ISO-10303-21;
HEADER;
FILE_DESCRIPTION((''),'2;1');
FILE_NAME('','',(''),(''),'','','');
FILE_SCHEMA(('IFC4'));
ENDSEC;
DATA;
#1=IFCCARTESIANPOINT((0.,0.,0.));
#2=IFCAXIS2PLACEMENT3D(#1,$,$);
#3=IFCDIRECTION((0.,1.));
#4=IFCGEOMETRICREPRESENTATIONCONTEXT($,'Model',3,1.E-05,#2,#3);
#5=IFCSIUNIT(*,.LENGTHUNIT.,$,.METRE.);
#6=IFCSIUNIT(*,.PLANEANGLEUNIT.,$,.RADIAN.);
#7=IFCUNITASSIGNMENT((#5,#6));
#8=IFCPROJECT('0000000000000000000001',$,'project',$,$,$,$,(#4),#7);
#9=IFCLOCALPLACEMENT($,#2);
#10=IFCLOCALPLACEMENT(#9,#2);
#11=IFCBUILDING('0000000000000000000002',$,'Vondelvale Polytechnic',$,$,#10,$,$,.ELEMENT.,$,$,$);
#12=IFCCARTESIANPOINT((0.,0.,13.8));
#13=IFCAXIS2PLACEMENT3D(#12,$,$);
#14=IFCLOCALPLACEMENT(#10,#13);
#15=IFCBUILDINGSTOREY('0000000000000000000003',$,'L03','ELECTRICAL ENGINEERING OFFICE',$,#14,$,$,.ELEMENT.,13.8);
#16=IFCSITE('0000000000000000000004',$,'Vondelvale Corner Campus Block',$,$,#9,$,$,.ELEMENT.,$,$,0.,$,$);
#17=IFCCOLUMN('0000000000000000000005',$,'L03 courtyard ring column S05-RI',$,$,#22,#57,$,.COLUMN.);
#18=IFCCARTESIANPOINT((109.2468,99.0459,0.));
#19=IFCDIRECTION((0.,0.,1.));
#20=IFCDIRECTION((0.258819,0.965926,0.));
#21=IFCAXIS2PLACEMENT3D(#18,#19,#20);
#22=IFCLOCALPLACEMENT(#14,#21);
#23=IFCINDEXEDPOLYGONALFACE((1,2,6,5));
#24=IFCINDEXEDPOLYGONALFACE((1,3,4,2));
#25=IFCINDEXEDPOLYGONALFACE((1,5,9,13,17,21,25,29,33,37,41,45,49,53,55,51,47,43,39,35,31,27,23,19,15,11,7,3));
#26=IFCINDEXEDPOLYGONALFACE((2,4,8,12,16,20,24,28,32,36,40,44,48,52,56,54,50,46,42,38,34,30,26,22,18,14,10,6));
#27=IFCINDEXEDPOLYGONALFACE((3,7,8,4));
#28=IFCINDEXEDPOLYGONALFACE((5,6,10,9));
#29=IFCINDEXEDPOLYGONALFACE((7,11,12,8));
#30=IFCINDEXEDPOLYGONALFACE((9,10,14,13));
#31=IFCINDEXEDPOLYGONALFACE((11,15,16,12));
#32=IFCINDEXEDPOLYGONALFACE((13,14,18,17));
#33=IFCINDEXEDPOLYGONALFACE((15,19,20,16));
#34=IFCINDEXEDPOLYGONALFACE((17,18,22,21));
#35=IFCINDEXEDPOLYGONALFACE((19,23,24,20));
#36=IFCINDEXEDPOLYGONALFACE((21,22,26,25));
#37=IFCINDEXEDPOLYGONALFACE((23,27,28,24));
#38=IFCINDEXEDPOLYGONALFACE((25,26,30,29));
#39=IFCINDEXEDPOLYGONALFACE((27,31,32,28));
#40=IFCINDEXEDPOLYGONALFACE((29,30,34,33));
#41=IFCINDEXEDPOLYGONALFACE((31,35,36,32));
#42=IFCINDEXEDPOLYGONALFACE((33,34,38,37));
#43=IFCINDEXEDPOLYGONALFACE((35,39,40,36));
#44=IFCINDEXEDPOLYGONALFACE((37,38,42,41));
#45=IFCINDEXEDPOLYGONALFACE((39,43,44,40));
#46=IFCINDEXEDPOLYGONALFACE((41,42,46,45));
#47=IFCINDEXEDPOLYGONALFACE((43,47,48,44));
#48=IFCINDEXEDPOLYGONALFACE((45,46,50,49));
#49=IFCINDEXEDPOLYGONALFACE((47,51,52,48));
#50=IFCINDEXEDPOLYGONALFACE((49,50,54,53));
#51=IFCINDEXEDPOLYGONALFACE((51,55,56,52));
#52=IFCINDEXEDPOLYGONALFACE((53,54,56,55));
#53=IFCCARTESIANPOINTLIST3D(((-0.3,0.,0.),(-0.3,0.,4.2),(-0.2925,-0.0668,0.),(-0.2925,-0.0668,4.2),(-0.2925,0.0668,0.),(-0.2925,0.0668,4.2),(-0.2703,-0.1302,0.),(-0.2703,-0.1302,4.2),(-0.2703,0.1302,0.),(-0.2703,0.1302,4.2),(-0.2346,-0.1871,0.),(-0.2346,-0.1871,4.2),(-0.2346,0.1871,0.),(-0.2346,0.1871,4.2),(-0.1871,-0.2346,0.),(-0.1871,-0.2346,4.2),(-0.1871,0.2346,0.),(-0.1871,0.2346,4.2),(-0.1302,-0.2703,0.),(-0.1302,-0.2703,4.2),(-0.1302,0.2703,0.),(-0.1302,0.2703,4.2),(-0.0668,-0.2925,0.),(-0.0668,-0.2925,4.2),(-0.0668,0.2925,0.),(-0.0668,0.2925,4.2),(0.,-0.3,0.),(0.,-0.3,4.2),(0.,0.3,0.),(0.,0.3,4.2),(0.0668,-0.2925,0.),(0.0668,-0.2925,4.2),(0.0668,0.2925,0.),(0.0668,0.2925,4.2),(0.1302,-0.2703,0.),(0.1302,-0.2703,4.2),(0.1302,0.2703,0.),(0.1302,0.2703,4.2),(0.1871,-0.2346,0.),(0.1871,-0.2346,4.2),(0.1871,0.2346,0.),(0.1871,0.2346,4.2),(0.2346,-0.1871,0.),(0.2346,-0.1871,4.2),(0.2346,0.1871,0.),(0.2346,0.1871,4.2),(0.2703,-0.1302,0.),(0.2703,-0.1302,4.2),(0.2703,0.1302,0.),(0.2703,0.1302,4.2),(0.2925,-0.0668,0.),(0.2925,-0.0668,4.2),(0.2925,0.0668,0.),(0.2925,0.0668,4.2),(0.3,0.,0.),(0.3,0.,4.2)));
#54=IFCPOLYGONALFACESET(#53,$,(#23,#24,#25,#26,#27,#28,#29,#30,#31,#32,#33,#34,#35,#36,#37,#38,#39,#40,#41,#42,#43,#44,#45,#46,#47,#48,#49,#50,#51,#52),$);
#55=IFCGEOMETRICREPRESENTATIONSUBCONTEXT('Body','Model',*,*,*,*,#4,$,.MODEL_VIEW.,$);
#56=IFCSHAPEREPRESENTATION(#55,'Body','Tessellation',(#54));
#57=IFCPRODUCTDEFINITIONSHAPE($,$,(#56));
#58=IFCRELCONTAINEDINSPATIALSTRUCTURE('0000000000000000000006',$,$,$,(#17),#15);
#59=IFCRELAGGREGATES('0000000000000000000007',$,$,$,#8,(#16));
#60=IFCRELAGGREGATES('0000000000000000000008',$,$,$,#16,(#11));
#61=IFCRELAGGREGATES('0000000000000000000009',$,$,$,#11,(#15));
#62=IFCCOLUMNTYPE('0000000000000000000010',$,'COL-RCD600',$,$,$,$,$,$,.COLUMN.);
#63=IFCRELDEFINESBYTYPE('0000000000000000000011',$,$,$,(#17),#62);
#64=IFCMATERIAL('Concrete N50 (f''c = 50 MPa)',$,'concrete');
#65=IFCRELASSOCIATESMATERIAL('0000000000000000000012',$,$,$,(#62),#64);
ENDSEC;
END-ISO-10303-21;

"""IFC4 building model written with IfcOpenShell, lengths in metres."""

from ifc_helpers import new_model, si_unit, direction, frame, origin, origin_2d, place, context, subcontext, project, spatial, circle, extrude, material, material_profile, profile_set, type_object, element, save


model = new_model("IFC4")

# Units and contexts
model_context = context("Model", 3, precision=1e-05, world=origin(), true_north=direction((0.0, 1.0)))
body_context = subcontext(model_context, "Body", "Model", "MODEL_VIEW")
ifc_project = project(units=[si_unit("LENGTHUNIT", "METRE"), si_unit("PLANEANGLEUNIT", "RADIAN")], contexts=[model_context])

# Site, building, storey
site_placement = place(None, origin())
site = spatial("IfcSite", under=ifc_project, at=site_placement, Name="Vondelvale Corner Campus Block", CompositionType="ELEMENT", RefElevation=0.0)
building_placement = place(site_placement, origin())
building = spatial("IfcBuilding", under=site, at=building_placement, Name="Vondelvale Polytechnic", CompositionType="ELEMENT")
storey_placement = place(building_placement, frame((0.0, 0.0, 13.8)))
storey = spatial("IfcBuildingStorey", under=building, at=storey_placement, Name="L03", Description="ELECTRICAL ENGINEERING OFFICE", CompositionType="ELEMENT", Elevation=13.8)

# Column
ifc_material_1 = material(Name="Concrete N50 (f'c = 50 MPa)", Category="concrete")
ifc_material_profile_1 = material_profile(ifc_material_1, circle(Radius=0.3, at=origin_2d()), Name="RC-COL-D600")
ifc_profile_set_1 = profile_set([ifc_material_profile_1], Name="Concrete N50 (f'c = 50 MPa)")
column_type_1 = type_object("IfcColumnType", Name="COL-RCD600", PredefinedType="COLUMN", material=ifc_profile_set_1)
column_1_placement = place(storey_placement, frame((109.2468, 99.0459, 0.0), z_axis=(0.0, 0.0, 1.0), x_axis=(0.258819, 0.965926, 0.0)))
element("IfcColumn", 1, at=column_1_placement, inside=storey, type_object=column_type_1, Name="L03 courtyard ring column S05-RI", PredefinedType="COLUMN", context=body_context, shape_type="SweptSolid", body=[
    extrude(circle(Radius=0.3, at=origin_2d()), origin(), (0.0, 0.0, 1.0), 4.2),
])

save(model, "model.ifc")
